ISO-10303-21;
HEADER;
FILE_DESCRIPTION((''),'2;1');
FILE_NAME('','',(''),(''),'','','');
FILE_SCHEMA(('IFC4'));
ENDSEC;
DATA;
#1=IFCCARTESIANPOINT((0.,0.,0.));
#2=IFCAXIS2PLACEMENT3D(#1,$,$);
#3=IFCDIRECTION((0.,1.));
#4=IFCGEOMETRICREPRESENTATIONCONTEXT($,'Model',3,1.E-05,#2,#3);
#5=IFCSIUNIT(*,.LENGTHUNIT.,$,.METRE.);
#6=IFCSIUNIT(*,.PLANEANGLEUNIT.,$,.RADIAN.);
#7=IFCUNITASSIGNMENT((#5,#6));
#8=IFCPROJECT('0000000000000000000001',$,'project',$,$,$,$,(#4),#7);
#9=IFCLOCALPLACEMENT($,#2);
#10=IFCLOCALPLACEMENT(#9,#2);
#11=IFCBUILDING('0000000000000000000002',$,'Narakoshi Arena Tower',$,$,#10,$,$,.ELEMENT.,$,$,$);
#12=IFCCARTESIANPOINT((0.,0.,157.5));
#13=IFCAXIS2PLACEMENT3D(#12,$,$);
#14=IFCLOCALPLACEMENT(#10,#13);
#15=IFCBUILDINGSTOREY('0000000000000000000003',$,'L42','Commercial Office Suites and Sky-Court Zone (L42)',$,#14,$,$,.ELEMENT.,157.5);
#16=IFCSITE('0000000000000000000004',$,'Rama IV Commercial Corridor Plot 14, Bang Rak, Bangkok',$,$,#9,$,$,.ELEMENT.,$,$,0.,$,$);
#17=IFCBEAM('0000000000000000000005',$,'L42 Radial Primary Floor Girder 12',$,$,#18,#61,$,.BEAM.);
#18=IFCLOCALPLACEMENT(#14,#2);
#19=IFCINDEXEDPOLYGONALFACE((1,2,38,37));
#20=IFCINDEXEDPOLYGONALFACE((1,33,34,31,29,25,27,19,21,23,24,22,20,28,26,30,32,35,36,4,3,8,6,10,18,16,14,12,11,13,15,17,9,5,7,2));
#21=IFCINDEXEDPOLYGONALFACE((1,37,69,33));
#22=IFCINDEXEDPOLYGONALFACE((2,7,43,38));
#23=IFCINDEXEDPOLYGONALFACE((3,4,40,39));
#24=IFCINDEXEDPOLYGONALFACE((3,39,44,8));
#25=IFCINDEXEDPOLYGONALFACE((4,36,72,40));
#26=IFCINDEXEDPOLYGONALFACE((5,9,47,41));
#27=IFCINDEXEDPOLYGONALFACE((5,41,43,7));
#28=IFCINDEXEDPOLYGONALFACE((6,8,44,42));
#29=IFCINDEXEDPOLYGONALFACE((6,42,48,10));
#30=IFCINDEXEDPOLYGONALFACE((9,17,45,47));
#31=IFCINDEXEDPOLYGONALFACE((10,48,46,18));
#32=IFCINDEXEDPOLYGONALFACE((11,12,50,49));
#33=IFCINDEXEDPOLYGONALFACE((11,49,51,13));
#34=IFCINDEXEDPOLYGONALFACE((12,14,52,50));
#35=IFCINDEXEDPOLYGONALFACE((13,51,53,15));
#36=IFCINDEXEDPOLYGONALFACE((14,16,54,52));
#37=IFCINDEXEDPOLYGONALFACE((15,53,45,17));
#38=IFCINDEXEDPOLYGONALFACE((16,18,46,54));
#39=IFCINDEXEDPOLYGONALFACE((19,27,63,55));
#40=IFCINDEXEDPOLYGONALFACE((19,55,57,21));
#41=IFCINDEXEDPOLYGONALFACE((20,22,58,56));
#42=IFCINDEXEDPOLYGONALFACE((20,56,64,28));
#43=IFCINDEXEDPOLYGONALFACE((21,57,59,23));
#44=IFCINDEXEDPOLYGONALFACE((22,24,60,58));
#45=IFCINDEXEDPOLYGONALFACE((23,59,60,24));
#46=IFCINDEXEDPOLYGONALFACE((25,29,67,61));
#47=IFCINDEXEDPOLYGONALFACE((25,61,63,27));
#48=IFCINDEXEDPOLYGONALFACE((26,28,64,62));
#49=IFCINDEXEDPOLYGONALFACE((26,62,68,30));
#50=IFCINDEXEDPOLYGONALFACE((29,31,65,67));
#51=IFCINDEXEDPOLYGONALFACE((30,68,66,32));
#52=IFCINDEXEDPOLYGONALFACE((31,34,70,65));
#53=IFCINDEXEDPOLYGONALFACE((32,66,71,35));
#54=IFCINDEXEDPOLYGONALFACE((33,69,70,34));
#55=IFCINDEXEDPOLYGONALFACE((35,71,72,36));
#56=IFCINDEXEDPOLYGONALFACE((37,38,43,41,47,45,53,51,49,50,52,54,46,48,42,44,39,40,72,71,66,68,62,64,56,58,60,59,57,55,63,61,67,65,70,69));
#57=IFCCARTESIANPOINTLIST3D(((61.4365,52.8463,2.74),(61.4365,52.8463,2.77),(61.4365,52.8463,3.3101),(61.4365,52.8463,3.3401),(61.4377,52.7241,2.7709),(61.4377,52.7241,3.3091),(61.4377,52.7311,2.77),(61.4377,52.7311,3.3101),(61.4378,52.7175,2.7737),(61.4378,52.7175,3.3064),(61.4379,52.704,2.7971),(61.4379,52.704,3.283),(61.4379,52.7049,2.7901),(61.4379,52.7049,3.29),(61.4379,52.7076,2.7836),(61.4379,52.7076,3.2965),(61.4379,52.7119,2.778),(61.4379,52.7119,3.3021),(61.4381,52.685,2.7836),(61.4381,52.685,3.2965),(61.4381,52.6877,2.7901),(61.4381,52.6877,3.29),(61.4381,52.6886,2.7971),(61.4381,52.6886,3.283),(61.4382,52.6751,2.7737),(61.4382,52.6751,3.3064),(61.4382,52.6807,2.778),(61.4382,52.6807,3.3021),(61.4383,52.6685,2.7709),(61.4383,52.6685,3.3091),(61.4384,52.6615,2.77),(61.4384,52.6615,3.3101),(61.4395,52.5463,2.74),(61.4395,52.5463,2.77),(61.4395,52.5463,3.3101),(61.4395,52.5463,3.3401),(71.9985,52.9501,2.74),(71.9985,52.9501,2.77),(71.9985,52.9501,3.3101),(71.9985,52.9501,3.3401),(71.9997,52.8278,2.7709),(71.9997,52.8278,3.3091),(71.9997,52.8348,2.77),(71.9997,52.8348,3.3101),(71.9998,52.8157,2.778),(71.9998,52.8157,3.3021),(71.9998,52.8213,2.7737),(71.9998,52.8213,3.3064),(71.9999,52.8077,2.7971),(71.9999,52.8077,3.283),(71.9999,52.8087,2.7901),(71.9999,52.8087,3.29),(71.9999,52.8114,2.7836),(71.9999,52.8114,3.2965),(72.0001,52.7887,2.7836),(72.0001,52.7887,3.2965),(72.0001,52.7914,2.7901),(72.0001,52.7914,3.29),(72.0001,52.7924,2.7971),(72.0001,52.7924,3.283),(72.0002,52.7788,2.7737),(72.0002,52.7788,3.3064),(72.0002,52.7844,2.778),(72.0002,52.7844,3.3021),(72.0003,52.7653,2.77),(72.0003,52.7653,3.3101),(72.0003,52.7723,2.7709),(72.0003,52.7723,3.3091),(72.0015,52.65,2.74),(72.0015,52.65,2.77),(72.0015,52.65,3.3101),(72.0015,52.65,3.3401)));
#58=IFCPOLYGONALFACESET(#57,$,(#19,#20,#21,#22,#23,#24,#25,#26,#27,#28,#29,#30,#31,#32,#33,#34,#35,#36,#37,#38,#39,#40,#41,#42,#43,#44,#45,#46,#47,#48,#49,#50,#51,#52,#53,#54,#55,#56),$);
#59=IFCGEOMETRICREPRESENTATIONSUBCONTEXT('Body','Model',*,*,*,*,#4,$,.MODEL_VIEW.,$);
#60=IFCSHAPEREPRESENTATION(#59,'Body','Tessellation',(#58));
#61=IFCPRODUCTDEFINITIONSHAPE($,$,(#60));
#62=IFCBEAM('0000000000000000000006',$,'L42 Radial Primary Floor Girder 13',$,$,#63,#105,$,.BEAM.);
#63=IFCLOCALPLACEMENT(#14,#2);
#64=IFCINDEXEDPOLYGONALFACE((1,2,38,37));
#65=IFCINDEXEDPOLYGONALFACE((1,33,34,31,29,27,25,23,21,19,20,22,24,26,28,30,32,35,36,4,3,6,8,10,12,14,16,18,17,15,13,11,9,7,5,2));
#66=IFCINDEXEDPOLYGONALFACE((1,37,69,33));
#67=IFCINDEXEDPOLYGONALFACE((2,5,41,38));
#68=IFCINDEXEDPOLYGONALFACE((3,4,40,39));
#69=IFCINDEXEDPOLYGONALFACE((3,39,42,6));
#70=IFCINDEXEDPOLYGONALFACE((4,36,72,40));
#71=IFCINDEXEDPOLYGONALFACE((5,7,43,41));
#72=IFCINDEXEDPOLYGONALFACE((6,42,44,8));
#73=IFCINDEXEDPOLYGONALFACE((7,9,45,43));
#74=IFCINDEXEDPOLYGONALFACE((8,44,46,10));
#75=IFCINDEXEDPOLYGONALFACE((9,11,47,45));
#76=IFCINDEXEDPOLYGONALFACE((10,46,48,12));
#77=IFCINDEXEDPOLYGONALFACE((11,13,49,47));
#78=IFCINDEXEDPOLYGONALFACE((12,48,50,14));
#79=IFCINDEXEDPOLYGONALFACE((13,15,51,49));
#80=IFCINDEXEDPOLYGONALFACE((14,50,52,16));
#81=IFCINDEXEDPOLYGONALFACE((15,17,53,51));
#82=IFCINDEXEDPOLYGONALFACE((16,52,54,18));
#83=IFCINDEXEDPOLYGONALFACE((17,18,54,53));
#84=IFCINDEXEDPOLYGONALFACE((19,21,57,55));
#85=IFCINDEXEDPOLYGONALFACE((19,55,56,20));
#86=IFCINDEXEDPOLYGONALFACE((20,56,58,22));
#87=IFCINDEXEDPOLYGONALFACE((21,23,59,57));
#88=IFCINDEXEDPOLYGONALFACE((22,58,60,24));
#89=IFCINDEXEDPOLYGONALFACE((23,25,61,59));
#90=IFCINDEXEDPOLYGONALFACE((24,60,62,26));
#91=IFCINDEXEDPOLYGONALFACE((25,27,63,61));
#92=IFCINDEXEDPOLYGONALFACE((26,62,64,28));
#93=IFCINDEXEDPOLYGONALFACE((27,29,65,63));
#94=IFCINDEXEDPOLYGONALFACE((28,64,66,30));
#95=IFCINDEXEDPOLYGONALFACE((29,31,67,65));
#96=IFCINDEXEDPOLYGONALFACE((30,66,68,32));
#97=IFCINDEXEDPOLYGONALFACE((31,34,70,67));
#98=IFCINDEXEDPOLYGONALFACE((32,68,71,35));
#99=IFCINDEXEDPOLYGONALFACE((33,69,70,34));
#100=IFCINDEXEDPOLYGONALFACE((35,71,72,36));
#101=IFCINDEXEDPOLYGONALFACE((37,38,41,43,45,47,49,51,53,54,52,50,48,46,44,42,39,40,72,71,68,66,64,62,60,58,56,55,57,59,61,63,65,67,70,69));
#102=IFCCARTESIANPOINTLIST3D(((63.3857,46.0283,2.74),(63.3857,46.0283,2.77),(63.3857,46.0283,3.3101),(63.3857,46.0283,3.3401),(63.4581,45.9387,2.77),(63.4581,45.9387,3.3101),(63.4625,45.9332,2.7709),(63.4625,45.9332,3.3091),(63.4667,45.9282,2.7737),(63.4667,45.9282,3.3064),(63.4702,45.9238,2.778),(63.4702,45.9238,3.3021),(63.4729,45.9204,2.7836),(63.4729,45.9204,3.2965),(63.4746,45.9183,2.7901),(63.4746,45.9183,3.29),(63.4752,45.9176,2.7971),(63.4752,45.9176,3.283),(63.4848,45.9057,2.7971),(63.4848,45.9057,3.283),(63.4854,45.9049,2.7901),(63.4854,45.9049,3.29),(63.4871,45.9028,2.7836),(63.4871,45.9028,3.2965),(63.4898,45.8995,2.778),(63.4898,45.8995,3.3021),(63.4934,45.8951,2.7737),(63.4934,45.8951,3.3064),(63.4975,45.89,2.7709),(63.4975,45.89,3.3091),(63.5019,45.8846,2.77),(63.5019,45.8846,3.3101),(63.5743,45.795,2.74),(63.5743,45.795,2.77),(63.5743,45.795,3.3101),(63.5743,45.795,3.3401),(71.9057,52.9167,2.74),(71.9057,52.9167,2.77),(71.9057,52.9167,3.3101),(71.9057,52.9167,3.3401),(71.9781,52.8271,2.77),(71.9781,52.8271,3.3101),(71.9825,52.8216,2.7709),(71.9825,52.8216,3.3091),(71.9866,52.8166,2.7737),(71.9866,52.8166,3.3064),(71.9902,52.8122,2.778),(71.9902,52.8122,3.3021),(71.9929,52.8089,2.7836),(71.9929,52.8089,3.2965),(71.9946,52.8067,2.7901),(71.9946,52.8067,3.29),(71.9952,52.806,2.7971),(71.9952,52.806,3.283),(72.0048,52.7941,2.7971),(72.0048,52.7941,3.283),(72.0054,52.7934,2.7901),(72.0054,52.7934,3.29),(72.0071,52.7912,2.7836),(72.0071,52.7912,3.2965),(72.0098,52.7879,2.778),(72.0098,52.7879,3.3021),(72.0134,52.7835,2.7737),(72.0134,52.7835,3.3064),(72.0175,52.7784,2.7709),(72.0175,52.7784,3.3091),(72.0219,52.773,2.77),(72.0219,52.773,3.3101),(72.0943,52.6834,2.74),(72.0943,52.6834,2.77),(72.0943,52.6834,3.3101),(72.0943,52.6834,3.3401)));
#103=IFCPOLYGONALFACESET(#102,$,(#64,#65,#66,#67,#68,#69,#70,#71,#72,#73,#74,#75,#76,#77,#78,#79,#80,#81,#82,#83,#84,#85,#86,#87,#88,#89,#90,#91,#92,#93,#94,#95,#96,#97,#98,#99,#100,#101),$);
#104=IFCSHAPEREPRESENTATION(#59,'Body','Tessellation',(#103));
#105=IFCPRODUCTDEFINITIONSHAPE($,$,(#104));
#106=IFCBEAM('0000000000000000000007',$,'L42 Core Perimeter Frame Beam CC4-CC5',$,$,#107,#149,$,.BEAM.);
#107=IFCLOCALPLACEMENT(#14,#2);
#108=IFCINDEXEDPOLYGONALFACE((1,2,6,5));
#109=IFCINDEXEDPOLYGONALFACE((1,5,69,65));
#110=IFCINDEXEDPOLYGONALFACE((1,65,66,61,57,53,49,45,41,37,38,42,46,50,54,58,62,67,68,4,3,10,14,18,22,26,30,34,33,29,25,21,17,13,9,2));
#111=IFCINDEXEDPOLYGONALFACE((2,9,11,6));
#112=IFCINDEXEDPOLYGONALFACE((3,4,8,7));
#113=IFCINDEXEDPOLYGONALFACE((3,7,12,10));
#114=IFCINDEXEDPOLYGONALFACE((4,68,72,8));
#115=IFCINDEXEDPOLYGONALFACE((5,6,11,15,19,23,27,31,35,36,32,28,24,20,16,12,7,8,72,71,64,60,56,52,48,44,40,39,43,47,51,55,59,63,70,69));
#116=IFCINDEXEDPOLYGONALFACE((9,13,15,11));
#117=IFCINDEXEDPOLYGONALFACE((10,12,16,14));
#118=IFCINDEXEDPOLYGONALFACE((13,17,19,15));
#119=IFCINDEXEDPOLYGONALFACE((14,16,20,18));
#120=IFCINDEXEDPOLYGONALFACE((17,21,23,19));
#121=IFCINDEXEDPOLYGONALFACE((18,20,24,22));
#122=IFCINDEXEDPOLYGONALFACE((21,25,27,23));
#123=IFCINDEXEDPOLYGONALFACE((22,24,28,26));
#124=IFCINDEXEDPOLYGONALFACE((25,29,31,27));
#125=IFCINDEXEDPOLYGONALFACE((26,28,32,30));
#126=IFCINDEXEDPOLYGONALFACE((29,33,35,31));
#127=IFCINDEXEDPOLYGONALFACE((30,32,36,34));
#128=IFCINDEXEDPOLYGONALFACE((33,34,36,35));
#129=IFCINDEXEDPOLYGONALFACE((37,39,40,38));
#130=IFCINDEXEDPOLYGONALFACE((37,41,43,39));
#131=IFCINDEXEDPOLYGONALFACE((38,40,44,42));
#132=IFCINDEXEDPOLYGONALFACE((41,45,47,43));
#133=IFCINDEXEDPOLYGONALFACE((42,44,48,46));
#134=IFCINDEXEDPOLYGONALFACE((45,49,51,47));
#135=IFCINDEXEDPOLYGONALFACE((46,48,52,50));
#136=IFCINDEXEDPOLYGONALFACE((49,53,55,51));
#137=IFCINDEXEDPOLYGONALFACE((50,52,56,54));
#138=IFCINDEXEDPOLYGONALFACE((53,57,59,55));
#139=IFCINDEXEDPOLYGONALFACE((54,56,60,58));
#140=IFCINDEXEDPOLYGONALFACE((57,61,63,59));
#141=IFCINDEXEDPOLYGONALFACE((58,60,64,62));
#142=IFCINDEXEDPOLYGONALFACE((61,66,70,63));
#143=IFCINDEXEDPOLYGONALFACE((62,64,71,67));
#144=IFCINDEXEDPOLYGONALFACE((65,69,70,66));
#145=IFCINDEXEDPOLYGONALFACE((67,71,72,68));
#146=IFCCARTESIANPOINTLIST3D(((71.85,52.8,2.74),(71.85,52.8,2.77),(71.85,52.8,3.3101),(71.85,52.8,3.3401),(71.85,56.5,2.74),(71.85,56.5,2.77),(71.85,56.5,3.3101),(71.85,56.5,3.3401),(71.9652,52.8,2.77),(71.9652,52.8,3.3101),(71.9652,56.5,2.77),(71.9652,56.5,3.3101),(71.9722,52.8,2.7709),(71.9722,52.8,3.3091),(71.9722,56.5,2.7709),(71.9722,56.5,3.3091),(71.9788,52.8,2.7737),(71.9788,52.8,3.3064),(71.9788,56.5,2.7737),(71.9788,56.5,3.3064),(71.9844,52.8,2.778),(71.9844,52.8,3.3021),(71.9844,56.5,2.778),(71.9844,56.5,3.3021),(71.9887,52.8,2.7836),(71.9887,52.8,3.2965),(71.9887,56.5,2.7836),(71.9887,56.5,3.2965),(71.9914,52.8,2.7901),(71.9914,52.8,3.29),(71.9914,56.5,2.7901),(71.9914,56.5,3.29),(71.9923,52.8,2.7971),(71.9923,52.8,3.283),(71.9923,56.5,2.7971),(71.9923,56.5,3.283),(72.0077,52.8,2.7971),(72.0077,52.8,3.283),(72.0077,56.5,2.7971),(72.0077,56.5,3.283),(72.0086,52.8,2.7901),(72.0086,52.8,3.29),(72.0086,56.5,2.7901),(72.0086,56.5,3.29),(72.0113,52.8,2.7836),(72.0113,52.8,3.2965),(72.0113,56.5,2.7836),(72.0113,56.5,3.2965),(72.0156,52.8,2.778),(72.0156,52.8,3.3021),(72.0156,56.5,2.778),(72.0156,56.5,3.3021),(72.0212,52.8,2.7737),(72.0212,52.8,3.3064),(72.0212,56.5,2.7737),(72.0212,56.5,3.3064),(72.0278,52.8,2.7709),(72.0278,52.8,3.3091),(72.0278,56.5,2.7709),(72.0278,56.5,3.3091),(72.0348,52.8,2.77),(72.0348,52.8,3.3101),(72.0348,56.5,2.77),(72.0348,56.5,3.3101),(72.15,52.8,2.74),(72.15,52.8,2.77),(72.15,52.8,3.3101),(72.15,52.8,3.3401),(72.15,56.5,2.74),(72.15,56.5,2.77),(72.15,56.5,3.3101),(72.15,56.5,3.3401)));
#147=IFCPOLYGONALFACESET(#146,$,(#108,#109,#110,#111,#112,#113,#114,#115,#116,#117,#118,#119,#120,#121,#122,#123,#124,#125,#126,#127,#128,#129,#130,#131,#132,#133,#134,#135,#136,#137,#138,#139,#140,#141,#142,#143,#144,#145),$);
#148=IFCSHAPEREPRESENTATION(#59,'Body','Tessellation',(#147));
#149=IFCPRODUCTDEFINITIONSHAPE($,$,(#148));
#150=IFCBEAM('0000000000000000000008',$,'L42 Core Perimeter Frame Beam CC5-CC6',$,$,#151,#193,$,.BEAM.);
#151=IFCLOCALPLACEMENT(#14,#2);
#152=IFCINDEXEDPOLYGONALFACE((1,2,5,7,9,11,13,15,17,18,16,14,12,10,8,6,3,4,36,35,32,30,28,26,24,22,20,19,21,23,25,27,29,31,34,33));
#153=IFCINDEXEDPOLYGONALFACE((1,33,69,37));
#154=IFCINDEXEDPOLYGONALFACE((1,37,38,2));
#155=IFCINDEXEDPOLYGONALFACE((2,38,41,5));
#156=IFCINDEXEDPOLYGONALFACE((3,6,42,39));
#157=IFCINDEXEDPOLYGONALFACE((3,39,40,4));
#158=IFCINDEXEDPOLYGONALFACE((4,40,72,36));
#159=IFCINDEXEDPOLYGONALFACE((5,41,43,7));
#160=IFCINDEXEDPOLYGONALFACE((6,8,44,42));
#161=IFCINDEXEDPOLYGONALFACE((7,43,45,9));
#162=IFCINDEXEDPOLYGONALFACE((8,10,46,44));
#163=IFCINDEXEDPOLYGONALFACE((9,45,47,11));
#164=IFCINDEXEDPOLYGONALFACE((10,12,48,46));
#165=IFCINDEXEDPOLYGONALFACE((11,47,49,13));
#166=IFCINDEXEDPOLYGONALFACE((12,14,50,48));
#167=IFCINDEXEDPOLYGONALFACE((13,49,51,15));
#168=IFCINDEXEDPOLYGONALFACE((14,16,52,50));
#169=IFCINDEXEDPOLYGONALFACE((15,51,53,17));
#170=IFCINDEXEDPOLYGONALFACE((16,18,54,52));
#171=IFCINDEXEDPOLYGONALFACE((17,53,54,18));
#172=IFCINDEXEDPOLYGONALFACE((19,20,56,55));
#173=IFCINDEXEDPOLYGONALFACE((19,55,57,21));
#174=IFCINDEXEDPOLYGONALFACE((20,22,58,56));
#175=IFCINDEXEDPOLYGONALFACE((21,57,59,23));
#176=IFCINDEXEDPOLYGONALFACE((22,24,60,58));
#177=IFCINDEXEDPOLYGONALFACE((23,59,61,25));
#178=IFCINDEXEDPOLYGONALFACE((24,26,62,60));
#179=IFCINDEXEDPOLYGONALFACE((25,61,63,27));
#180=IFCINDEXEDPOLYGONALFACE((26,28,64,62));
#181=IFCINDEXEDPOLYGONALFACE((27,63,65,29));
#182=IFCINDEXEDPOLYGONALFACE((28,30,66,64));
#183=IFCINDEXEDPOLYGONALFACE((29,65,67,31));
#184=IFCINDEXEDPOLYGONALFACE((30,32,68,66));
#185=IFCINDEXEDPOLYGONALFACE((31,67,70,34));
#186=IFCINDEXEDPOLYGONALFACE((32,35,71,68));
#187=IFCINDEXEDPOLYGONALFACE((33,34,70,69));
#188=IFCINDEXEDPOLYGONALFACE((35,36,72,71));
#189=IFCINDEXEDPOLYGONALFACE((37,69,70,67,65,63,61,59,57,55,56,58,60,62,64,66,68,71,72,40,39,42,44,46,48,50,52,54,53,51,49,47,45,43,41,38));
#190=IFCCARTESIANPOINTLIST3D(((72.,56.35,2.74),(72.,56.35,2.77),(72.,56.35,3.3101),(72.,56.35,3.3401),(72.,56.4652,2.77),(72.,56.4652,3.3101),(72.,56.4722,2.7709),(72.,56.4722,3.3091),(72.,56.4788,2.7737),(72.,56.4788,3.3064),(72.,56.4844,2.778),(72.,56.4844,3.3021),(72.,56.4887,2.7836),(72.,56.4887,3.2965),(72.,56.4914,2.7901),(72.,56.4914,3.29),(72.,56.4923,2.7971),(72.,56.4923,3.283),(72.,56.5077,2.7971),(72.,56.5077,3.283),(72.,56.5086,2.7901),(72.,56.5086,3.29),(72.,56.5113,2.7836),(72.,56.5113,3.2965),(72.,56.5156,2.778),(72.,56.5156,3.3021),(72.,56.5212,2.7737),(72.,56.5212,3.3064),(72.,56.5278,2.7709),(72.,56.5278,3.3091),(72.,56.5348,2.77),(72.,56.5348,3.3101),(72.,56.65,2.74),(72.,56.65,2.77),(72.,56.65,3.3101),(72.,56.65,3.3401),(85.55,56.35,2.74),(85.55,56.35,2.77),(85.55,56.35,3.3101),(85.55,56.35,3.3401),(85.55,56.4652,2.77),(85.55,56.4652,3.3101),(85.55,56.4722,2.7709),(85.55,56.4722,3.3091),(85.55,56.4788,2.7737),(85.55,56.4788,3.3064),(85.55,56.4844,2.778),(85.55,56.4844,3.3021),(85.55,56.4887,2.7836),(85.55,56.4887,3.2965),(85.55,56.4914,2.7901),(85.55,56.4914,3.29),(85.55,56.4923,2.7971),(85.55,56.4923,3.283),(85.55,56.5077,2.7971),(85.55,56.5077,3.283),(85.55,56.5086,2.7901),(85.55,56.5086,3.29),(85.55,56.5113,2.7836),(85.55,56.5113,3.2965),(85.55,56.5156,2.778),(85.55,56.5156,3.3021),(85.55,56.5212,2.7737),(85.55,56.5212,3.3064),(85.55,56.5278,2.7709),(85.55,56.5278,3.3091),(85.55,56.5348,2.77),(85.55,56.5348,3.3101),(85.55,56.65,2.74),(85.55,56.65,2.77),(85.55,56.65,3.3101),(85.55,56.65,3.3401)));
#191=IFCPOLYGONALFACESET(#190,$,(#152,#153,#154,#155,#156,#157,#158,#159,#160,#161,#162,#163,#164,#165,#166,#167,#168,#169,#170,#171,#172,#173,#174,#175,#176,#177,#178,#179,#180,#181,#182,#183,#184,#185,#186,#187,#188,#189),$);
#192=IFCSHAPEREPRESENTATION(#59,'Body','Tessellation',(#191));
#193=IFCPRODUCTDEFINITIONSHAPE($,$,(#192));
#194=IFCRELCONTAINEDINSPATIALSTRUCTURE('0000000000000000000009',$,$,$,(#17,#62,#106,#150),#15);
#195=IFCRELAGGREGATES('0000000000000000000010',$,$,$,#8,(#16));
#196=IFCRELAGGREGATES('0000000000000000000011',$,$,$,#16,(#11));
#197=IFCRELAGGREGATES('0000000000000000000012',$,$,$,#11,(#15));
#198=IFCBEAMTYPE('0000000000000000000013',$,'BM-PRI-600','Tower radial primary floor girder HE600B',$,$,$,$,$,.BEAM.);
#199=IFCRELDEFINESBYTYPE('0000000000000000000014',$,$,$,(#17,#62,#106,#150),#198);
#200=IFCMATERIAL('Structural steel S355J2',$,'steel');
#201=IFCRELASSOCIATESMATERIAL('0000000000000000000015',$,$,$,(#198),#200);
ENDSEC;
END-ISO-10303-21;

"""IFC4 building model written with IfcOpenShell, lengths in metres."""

from ifc_helpers import new_model, si_unit, direction, frame, origin, origin_2d, place, context, subcontext, project, spatial, i_section, extrude, material, material_profile, profile_set, type_object, element, save


model = new_model("IFC4")

# Units and contexts
model_context = context("Model", 3, precision=1e-05, world=origin(), true_north=direction((0.0, 1.0)))
body_context = subcontext(model_context, "Body", "Model", "MODEL_VIEW")
ifc_project = project(units=[si_unit("LENGTHUNIT", "METRE"), si_unit("PLANEANGLEUNIT", "RADIAN")], contexts=[model_context])

# Site, building, storey
site_placement = place(None, origin())
site = spatial("IfcSite", under=ifc_project, at=site_placement, Name="Rama IV Commercial Corridor Plot 14, Bang Rak, Bangkok", CompositionType="ELEMENT", RefElevation=0.0)
building_placement = place(site_placement, origin())
building = spatial("IfcBuilding", under=site, at=building_placement, Name="Narakoshi Arena Tower", CompositionType="ELEMENT")
storey_placement = place(building_placement, frame((0.0, 0.0, 157.5)))
storey = spatial("IfcBuildingStorey", under=building, at=storey_placement, Name="L42", Description="Commercial Office Suites and Sky-Court Zone (L42)", CompositionType="ELEMENT", Elevation=157.5)

# Beams
ifc_material_1 = material(Name="Structural steel S355J2", Category="steel")
ifc_material_profile_1 = material_profile(ifc_material_1, i_section(OverallWidth=0.3, OverallDepth=0.6001, WebThickness=0.0154, FlangeThickness=0.03, FilletRadius=0.0271, at=origin_2d()), Name="HE600B")
ifc_profile_set_1 = profile_set([ifc_material_profile_1], Name="Structural steel S355J2")
beam_type = type_object("IfcBeamType", Name="BM-PRI-600", Description="Tower radial primary floor girder HE600B", PredefinedType="BEAM", material=ifc_profile_set_1)
beam_1_placement = place(storey_placement, frame((72.0, 52.8, 3.04), z_axis=(-0.999952, -0.009823, 0.0), x_axis=(0.009823, -0.999952, 0.0)))
element("IfcBeam", 1, at=beam_1_placement, inside=storey, type_object=beam_type, Name="L42 Radial Primary Floor Girder 12", PredefinedType="BEAM", context=body_context, shape_type="SweptSolid", body=[
    extrude(i_section(OverallWidth=0.3, OverallDepth=0.6001, WebThickness=0.0154, FlangeThickness=0.03, FilletRadius=0.0271, at=origin_2d()), origin(), (0.0, 0.0, 1.0), 10.5625),
])
beam_2_placement = place(storey_placement, frame((72.0, 52.8, 3.04), z_axis=(-0.777634, -0.628717, 0.0), x_axis=(0.628717, -0.777634, 0.0)))
element("IfcBeam", 2, at=beam_2_placement, inside=storey, type_object=beam_type, Name="L42 Radial Primary Floor Girder 13", PredefinedType="BEAM", context=body_context, shape_type="SweptSolid", body=[
    extrude(i_section(OverallWidth=0.3, OverallDepth=0.6001, WebThickness=0.0154, FlangeThickness=0.03, FilletRadius=0.0271, at=origin_2d()), origin(), (0.0, 0.0, 1.0), 10.9563),
])
beam_3_placement = place(storey_placement, frame((72.0, 52.8, 3.04), z_axis=(0.0, 1.0, 0.0), x_axis=(-1.0, 0.0, 0.0)))
element("IfcBeam", 3, at=beam_3_placement, inside=storey, type_object=beam_type, Name="L42 Core Perimeter Frame Beam CC4-CC5", PredefinedType="BEAM", context=body_context, shape_type="SweptSolid", body=[
    extrude(i_section(OverallWidth=0.3, OverallDepth=0.6001, WebThickness=0.0154, FlangeThickness=0.03, FilletRadius=0.0271, at=origin_2d()), origin(), (0.0, 0.0, 1.0), 3.7),
])
beam_4_placement = place(storey_placement, frame((72.0, 56.5, 3.04), z_axis=(1.0, 0.0, 0.0), x_axis=(0.0, 1.0, 0.0)))
element("IfcBeam", 4, at=beam_4_placement, inside=storey, type_object=beam_type, Name="L42 Core Perimeter Frame Beam CC5-CC6", PredefinedType="BEAM", context=body_context, shape_type="SweptSolid", body=[
    extrude(i_section(OverallWidth=0.3, OverallDepth=0.6001, WebThickness=0.0154, FlangeThickness=0.03, FilletRadius=0.0271, at=origin_2d()), origin(), (0.0, 0.0, 1.0), 13.55),
])

save(model, "model.ifc")
